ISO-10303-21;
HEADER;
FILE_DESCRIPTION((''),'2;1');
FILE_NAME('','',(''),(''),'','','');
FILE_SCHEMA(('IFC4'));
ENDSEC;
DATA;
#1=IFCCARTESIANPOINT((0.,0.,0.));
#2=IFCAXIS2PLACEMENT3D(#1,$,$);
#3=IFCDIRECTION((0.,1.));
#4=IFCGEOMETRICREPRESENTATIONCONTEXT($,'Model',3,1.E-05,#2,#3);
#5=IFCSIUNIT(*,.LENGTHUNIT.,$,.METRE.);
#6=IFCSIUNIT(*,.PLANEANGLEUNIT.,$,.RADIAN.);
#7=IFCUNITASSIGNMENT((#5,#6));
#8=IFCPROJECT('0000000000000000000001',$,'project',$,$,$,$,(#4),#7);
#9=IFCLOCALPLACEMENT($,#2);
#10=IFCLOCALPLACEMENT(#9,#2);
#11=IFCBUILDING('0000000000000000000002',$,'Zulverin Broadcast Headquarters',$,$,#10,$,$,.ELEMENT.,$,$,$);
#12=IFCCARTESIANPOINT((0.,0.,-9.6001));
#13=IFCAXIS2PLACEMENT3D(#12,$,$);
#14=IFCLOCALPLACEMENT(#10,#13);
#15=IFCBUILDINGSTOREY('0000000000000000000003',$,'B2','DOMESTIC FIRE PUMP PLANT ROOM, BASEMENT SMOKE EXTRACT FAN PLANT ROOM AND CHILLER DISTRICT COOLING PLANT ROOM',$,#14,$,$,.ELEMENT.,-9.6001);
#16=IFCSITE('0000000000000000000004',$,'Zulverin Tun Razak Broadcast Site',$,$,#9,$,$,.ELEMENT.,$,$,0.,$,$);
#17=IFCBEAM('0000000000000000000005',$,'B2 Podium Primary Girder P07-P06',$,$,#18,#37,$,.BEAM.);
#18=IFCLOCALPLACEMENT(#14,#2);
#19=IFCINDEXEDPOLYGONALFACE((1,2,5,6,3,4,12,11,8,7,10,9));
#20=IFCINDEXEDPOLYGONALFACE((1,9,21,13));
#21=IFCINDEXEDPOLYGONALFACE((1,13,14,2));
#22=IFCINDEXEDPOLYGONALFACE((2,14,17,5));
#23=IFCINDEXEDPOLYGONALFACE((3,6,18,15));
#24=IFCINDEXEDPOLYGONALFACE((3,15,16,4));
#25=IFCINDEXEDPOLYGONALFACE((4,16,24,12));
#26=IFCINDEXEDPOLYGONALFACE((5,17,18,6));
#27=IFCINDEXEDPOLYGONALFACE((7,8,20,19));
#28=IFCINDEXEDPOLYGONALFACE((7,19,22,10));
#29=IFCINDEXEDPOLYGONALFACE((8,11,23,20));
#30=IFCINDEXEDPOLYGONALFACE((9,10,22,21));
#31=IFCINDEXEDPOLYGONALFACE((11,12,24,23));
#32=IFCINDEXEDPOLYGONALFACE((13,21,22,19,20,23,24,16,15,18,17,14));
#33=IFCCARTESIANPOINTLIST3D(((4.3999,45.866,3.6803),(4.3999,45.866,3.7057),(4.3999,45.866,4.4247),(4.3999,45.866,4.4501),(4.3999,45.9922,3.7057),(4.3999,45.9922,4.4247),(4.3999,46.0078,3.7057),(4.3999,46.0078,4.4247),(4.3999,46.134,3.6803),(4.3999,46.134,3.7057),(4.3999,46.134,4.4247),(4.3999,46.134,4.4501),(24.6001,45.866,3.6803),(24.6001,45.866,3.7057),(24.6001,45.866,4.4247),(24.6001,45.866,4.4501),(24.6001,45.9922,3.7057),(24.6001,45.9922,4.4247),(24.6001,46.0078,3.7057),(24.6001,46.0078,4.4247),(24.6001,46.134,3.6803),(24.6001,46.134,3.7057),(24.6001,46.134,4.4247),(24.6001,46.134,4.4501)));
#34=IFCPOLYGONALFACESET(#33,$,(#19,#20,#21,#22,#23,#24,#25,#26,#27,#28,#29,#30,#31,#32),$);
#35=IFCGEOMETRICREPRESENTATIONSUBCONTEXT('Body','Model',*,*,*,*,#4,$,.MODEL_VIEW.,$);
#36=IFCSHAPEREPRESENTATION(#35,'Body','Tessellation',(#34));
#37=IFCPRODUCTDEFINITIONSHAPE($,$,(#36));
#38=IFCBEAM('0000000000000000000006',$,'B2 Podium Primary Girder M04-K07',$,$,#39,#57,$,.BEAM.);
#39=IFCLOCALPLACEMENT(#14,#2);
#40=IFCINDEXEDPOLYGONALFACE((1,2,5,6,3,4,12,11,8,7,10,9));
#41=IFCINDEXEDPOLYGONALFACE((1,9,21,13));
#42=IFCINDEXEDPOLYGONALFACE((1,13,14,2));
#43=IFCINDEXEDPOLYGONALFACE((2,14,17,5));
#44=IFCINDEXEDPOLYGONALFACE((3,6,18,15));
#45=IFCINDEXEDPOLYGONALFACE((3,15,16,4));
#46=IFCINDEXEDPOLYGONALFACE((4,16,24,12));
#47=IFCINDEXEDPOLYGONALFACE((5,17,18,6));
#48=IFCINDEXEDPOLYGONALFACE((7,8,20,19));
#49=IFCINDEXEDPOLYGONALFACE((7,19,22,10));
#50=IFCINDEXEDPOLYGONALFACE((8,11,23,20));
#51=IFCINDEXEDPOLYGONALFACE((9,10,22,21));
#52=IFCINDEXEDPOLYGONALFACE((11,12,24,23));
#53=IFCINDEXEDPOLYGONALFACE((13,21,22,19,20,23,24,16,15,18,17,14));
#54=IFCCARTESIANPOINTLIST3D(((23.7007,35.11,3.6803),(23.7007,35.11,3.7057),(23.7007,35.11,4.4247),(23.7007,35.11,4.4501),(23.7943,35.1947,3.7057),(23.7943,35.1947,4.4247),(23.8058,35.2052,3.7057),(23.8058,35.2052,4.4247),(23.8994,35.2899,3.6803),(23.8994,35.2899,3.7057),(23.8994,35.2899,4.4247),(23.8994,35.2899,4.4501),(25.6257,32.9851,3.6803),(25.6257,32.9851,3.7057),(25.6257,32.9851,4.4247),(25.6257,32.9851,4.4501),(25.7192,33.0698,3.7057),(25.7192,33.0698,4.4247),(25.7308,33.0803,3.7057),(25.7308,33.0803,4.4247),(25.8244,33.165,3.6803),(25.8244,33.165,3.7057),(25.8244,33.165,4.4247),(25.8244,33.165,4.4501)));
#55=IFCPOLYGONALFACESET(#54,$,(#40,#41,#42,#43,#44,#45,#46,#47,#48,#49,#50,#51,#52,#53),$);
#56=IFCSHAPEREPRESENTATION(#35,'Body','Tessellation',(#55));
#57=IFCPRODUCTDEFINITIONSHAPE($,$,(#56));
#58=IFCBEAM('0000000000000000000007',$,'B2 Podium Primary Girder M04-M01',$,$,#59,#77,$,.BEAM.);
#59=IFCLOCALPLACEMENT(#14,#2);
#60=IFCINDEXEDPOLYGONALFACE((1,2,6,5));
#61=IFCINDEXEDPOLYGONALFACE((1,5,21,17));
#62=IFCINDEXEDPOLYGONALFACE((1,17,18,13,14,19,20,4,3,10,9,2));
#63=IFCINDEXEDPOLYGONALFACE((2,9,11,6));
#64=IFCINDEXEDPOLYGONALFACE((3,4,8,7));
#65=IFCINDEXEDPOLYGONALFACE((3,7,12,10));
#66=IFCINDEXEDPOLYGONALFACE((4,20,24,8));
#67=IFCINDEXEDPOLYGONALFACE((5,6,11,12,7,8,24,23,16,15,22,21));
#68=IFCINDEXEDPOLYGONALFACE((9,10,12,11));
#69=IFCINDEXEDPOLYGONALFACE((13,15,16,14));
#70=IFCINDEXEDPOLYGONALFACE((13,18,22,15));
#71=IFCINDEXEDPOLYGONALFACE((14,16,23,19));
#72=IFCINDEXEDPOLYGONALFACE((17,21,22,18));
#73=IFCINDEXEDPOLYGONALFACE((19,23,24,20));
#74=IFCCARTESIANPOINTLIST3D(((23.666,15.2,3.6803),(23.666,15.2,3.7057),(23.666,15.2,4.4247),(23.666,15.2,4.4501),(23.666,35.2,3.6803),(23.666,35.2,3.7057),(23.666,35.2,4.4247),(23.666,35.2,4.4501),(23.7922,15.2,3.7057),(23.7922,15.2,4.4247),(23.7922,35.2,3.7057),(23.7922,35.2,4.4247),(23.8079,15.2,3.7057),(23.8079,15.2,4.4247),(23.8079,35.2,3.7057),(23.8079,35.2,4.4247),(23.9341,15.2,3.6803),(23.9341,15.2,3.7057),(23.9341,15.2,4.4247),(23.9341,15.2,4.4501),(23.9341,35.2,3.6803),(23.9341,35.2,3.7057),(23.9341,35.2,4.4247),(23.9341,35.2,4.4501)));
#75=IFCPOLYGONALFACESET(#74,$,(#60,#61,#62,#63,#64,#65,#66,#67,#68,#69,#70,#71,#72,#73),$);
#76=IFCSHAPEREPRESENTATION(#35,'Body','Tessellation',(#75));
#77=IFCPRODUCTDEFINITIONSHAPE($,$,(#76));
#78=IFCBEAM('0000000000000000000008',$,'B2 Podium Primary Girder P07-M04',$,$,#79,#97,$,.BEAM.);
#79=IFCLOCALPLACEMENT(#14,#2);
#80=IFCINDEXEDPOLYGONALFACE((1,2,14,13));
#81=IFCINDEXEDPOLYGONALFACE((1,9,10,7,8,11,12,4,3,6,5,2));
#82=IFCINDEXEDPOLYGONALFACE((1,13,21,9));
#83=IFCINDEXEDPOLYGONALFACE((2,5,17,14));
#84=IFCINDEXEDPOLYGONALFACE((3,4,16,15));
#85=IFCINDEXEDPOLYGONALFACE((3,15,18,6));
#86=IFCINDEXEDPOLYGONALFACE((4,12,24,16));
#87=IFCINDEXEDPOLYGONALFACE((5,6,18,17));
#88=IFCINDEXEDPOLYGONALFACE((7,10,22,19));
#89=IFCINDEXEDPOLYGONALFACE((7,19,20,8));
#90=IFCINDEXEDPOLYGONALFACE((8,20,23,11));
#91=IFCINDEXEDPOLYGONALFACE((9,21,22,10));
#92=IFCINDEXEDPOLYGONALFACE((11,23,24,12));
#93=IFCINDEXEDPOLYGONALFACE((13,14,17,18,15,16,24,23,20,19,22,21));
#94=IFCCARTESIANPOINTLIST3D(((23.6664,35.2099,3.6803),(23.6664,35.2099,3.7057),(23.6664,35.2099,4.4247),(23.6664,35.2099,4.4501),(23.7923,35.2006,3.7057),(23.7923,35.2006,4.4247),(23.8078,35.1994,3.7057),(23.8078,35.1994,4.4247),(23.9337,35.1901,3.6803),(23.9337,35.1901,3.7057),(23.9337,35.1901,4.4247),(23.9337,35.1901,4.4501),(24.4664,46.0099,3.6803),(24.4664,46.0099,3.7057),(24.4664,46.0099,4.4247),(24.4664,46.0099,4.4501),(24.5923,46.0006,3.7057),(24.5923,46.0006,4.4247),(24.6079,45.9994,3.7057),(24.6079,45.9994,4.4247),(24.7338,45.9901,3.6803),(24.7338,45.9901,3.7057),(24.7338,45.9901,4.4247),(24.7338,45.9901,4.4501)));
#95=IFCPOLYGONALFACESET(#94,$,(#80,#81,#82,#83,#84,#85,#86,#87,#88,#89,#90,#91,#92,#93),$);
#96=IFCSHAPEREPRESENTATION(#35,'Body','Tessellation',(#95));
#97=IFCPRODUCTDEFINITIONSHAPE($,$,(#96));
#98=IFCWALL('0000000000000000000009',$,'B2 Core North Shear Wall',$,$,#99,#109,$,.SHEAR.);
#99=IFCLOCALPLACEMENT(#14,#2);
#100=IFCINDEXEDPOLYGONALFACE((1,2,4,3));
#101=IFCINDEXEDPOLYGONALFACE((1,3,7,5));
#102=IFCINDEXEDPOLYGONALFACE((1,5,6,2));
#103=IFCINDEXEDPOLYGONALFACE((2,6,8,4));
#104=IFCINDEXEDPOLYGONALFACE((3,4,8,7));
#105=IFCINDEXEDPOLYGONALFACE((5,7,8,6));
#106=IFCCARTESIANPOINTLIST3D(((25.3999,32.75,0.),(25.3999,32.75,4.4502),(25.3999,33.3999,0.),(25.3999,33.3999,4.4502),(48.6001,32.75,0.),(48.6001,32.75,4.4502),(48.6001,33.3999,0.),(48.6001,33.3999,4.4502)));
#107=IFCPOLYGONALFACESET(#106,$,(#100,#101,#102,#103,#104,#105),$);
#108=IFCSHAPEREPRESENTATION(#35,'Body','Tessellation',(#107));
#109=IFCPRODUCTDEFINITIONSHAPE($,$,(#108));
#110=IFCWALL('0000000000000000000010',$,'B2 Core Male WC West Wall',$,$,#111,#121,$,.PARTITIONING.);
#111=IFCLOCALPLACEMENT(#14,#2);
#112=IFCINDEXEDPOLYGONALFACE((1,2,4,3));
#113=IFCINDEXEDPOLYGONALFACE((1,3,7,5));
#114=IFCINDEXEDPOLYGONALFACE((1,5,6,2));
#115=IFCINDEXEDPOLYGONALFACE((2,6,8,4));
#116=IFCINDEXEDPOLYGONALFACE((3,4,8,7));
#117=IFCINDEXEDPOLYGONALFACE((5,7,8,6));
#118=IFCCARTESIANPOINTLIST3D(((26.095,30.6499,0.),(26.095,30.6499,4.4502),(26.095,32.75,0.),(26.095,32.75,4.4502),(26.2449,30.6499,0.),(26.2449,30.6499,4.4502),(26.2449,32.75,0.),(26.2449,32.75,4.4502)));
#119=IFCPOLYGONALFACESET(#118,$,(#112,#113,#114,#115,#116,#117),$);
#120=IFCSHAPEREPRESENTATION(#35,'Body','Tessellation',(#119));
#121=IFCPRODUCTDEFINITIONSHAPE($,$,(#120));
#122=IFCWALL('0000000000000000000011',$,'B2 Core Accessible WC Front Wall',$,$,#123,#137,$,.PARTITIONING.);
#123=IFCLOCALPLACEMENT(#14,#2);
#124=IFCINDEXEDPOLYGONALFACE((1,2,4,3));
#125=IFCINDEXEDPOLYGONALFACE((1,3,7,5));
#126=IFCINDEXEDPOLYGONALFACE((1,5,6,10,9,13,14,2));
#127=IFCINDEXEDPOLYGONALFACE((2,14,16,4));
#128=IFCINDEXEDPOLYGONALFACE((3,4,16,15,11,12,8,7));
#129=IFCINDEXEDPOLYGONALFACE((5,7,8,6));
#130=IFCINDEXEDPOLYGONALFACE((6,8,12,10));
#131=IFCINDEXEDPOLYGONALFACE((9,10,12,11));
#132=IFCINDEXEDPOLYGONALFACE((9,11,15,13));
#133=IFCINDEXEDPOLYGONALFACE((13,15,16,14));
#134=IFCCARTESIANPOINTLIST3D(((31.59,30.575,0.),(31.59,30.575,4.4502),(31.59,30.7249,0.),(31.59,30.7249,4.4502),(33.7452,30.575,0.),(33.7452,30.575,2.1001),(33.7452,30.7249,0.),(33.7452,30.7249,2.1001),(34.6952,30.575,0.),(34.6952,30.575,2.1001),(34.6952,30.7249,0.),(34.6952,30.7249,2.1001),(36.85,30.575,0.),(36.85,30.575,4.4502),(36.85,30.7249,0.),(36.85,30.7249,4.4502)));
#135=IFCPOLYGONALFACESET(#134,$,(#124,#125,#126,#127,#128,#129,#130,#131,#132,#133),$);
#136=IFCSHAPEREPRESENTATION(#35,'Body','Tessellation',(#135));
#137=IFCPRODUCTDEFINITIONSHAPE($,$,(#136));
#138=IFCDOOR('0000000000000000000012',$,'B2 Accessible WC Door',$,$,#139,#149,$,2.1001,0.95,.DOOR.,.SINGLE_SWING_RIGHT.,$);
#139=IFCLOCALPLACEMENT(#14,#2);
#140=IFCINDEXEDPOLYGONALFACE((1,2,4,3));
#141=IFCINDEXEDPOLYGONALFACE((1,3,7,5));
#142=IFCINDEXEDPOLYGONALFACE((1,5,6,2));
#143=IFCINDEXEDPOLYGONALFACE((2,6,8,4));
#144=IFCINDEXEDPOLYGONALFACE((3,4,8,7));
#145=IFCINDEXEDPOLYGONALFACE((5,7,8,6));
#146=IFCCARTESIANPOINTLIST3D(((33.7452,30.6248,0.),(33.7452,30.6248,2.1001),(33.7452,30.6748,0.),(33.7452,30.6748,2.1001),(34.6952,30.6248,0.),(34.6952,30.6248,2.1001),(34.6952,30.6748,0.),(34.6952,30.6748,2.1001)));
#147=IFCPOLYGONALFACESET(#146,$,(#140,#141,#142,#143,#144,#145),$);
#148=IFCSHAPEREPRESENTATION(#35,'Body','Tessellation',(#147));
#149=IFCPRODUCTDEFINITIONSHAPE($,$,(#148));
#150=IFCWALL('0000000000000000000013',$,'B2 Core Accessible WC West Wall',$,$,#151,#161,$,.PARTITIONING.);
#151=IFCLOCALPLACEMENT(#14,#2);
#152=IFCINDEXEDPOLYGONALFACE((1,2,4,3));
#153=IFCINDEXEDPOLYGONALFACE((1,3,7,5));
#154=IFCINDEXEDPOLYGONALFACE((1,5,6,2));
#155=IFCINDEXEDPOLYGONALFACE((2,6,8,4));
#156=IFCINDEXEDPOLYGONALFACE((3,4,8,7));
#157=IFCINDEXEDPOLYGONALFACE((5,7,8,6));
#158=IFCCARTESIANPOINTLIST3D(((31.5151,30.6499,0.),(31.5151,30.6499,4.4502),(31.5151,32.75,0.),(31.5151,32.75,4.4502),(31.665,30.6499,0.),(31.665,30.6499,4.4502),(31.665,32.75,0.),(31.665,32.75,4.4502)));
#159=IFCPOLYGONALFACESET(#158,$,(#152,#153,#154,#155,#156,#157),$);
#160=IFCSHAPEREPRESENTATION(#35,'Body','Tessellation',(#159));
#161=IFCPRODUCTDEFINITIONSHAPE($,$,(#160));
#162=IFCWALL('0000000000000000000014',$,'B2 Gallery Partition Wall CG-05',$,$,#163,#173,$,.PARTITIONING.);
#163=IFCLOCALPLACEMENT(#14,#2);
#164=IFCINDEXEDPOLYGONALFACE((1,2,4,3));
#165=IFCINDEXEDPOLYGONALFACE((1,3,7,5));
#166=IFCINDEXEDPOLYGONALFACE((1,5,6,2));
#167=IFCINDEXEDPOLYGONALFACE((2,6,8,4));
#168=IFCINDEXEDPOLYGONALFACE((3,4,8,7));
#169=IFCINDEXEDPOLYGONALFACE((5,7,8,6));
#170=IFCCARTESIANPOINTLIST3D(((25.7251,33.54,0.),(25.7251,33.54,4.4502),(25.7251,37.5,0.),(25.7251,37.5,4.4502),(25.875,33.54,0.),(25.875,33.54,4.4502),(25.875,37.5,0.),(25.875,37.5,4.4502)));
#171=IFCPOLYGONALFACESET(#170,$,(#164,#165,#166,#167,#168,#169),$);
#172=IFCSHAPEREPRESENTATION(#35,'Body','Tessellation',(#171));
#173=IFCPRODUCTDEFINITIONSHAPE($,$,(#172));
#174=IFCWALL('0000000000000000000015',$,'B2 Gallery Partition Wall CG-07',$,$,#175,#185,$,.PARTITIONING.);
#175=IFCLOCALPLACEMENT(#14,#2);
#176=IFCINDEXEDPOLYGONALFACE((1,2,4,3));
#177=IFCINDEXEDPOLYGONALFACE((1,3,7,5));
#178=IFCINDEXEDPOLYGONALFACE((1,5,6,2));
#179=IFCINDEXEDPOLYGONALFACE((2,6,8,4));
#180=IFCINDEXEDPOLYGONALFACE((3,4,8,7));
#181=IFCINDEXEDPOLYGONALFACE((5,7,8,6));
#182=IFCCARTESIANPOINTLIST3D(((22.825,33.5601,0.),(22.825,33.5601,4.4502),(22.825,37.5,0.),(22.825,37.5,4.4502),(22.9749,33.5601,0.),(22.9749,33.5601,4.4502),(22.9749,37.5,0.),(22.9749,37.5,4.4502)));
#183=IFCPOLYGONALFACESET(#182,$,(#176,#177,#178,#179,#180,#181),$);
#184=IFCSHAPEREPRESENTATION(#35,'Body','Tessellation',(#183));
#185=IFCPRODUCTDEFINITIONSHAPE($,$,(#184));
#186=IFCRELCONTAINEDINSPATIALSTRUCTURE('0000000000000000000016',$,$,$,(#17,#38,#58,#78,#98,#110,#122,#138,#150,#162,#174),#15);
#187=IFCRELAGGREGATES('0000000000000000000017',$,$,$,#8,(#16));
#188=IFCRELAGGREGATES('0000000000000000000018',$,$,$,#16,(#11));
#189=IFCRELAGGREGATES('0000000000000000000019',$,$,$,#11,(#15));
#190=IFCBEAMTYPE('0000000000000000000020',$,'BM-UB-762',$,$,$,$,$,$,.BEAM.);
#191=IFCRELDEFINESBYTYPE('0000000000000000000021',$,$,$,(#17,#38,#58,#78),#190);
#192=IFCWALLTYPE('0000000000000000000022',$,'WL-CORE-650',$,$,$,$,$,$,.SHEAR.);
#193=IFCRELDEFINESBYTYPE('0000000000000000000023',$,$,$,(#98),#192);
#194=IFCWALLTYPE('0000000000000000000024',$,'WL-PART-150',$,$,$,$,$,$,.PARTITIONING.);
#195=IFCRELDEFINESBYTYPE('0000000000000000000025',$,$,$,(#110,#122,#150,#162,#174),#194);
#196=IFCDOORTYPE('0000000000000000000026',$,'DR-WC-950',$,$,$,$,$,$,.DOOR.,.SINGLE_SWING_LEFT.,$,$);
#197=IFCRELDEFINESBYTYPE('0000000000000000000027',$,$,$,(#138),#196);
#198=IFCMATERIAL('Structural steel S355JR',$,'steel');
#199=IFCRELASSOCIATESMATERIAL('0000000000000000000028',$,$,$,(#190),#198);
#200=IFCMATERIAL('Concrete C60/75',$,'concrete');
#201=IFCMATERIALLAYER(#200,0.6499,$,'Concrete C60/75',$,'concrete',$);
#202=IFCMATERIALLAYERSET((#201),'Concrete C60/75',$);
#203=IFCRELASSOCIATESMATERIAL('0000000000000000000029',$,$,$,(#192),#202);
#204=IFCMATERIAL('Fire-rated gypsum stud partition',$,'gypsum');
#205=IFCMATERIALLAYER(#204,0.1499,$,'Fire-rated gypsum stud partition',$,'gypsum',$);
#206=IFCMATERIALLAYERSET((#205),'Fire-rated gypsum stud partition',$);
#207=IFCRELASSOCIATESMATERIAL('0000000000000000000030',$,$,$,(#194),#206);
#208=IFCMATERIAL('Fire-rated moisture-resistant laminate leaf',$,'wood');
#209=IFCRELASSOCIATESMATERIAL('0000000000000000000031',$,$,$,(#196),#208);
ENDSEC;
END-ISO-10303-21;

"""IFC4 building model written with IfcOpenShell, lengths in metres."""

from ifc_helpers import new_model, si_unit, direction, frame, frame_2d, origin, origin_2d, place, context, subcontext, project, spatial, rectangle, i_section, extrude, material, layer, layer_set, material_profile, profile_set, type_object, element, fill, save


model = new_model("IFC4")

# Units and contexts
model_context = context("Model", 3, precision=1e-05, world=origin(), true_north=direction((0.0, 1.0)))
body_context = subcontext(model_context, "Body", "Model", "MODEL_VIEW")
ifc_project = project(units=[si_unit("LENGTHUNIT", "METRE"), si_unit("PLANEANGLEUNIT", "RADIAN")], contexts=[model_context])

# Site, building, storey
site_placement = place(None, origin())
site = spatial("IfcSite", under=ifc_project, at=site_placement, Name="Zulverin Tun Razak Broadcast Site", CompositionType="ELEMENT", RefElevation=0.0)
building_placement = place(site_placement, origin())
building = spatial("IfcBuilding", under=site, at=building_placement, Name="Zulverin Broadcast Headquarters", CompositionType="ELEMENT")
storey_placement = place(building_placement, frame((0.0, 0.0, -9.6001)))
storey = spatial("IfcBuildingStorey", under=building, at=storey_placement, Name="B2", Description="DOMESTIC FIRE PUMP PLANT ROOM, BASEMENT SMOKE EXTRACT FAN PLANT ROOM AND CHILLER DISTRICT COOLING PLANT ROOM", CompositionType="ELEMENT", Elevation=-9.6001)

# Shared definitions
ifc_material_1 = material(Name="Concrete C60/75", Category="concrete")

# Beams
ifc_material_2 = material(Name="Structural steel S355JR", Category="steel")
ifc_material_profile_1 = material_profile(ifc_material_2, i_section(OverallWidth=0.2681, OverallDepth=0.7698, WebThickness=0.0156, FlangeThickness=0.0254, at=origin_2d()), Name="Structural steel S355JR", Category="steel")
ifc_profile_set_1 = profile_set([ifc_material_profile_1], Name="Structural steel S355JR")
beam_type_1 = type_object("IfcBeamType", Name="BM-UB-762", PredefinedType="BEAM", material=ifc_profile_set_1)
beam_1_placement = place(storey_placement, frame((24.6001, 46.0, 4.0652), z_axis=(-1.0, 0.0, 0.0), x_axis=(0.0, -1.0, 0.0)))
element("IfcBeam", 1, at=beam_1_placement, inside=storey, type_object=beam_type_1, Name="B2 Podium Primary Girder P07-P06", PredefinedType="BEAM", context=body_context, shape_type="SweptSolid", body=[
    extrude(i_section(OverallWidth=0.2681, OverallDepth=0.7698, WebThickness=0.0156, FlangeThickness=0.0254, at=origin_2d()), origin(), (0.0, 0.0, 1.0), 20.2002),
])
beam_2_placement = place(storey_placement, frame((23.8, 35.2, 4.0652), z_axis=(0.671379, -0.741114, 0.0), x_axis=(0.741114, 0.671379, 0.0)))
element("IfcBeam", 2, at=beam_2_placement, inside=storey, type_object=beam_type_1, Name="B2 Podium Primary Girder M04-K07", PredefinedType="BEAM", context=body_context, shape_type="SweptSolid", body=[
    extrude(i_section(OverallWidth=0.2681, OverallDepth=0.7698, WebThickness=0.0156, FlangeThickness=0.0254, at=origin_2d()), origin(), (0.0, 0.0, 1.0), 2.8672),
])
beam_3_placement = place(storey_placement, frame((23.8, 35.2, 4.0652), z_axis=(0.0, -1.0, 0.0), x_axis=(1.0, 0.0, 0.0)))
element("IfcBeam", 3, at=beam_3_placement, inside=storey, type_object=beam_type_1, Name="B2 Podium Primary Girder M04-M01", PredefinedType="BEAM", context=body_context, shape_type="SweptSolid", body=[
    extrude(i_section(OverallWidth=0.2681, OverallDepth=0.7698, WebThickness=0.0156, FlangeThickness=0.0254, at=origin_2d()), origin(), (0.0, 0.0, 1.0), 20.0),
])
beam_4_placement = place(storey_placement, frame((24.6001, 46.0, 4.0652), z_axis=(-0.073876, -0.997267, 0.0), x_axis=(0.997267, -0.073876, 0.0)))
element("IfcBeam", 4, at=beam_4_placement, inside=storey, type_object=beam_type_1, Name="B2 Podium Primary Girder P07-M04", PredefinedType="BEAM", context=body_context, shape_type="SweptSolid", body=[
    extrude(i_section(OverallWidth=0.2681, OverallDepth=0.7698, WebThickness=0.0156, FlangeThickness=0.0254, at=origin_2d()), origin(), (0.0, 0.0, 1.0), 10.8296),
])

# Walls
ifc_layer_1 = layer(ifc_material_1, 0.6499, Name="Concrete C60/75", Category="concrete")
ifc_layer_set_1 = layer_set([ifc_layer_1], Name="Concrete C60/75")
wall_type_1 = type_object("IfcWallType", Name="WL-CORE-650", PredefinedType="SHEAR", material=ifc_layer_set_1)
wall_1_placement = place(storey_placement, frame((25.3999, 33.075, 0.0), z_axis=(0.0, 0.0, 1.0), x_axis=(1.0, 0.0, 0.0)))
element("IfcWall", 5, at=wall_1_placement, inside=storey, type_object=wall_type_1, Name="B2 Core North Shear Wall", PredefinedType="SHEAR", context=body_context, shape_type="SweptSolid", body=[
    extrude(rectangle(XDim=23.2002, YDim=0.6499, at=frame_2d((11.6001, 0.0))), origin(), (0.0, 0.0, 1.0), 4.4502),
])
ifc_material_3 = material(Name="Fire-rated gypsum stud partition", Category="gypsum")
ifc_layer_2 = layer(ifc_material_3, 0.1499, Name="Fire-rated gypsum stud partition", Category="gypsum")
ifc_layer_set_2 = layer_set([ifc_layer_2], Name="Fire-rated gypsum stud partition")
wall_type_2 = type_object("IfcWallType", Name="WL-PART-150", PredefinedType="PARTITIONING", material=ifc_layer_set_2)
wall_2_placement = place(storey_placement, frame((26.1699, 30.6499, 0.0), z_axis=(0.0, 0.0, 1.0), x_axis=(0.0, 1.0, 0.0)))
element("IfcWall", 6, at=wall_2_placement, inside=storey, type_object=wall_type_2, Name="B2 Core Male WC West Wall", PredefinedType="PARTITIONING", context=body_context, shape_type="SweptSolid", body=[
    extrude(rectangle(XDim=2.1001, YDim=0.1499, at=frame_2d((1.05, 0.0))), origin(), (0.0, 0.0, 1.0), 4.4502),
])

# Wall, opening, door
wall_3_placement = place(storey_placement, frame((31.5901, 30.6499, 0.0), z_axis=(0.0, 0.0, 1.0), x_axis=(1.0, 0.0, 0.0)))
wall_3 = element("IfcWall", 7, at=wall_3_placement, inside=storey, type_object=wall_type_2, Name="B2 Core Accessible WC Front Wall", PredefinedType="PARTITIONING", context=body_context, shape_type="SweptSolid", body=[
    extrude(rectangle(XDim=5.26, YDim=0.1499, at=frame_2d((2.6299, 0.0))), origin(), (0.0, 0.0, 1.0), 4.4502),
])
opening_placement = place(wall_3_placement, frame((2.155, 0.0, 0.0)))
opening = element("IfcOpeningElement", 8, at=opening_placement, cuts=wall_3, PredefinedType="OPENING", context=body_context, shape_type="SweptSolid", body=[
    extrude(rectangle(XDim=0.95, YDim=2.1001, at=frame_2d((0.4751, 1.05))), frame((0.0, 0.085, 0.0), z_axis=(0.0, -1.0, 0.0), x_axis=(1.0, 0.0, 0.0)), (0.0, 0.0, 1.0), 0.1699),
])
ifc_material_4 = material(Name="Fire-rated moisture-resistant laminate leaf", Category="wood")
door_type = type_object("IfcDoorType", Name="DR-WC-950", OperationType="SINGLE_SWING_LEFT", PredefinedType="DOOR", material=ifc_material_4)
door_placement = place(opening_placement, origin())
door = element("IfcDoor", 9, at=door_placement, inside=storey, type_object=door_type, Name="B2 Accessible WC Door", OperationType="SINGLE_SWING_RIGHT", OverallHeight=2.1001, OverallWidth=0.95, PredefinedType="DOOR", context=body_context, shape_type="SweptSolid", body=[
    extrude(rectangle(XDim=0.95, YDim=2.1001, at=frame_2d((0.4751, 1.05))), frame((0.0, 0.0249, 0.0), z_axis=(0.0, -1.0, 0.0), x_axis=(1.0, 0.0, 0.0)), (0.0, 0.0, 1.0), 0.05),
])
fill(opening, door)

# Walls
wall_4_placement = place(storey_placement, frame((31.5901, 30.6499, 0.0), z_axis=(0.0, 0.0, 1.0), x_axis=(0.0, 1.0, 0.0)))
element("IfcWall", 10, at=wall_4_placement, inside=storey, type_object=wall_type_2, Name="B2 Core Accessible WC West Wall", PredefinedType="PARTITIONING", context=body_context, shape_type="SweptSolid", body=[
    extrude(rectangle(XDim=2.1001, YDim=0.1499, at=frame_2d((1.05, 0.0))), origin(), (0.0, 0.0, 1.0), 4.4502),
])
wall_5_placement = place(storey_placement, frame((25.8, 33.54, 0.0), z_axis=(0.0, 0.0, 1.0), x_axis=(0.0, 1.0, 0.0)))
element("IfcWall", 11, at=wall_5_placement, inside=storey, type_object=wall_type_2, Name="B2 Gallery Partition Wall CG-05", PredefinedType="PARTITIONING", context=body_context, shape_type="SweptSolid", body=[
    extrude(rectangle(XDim=3.96, YDim=0.1499, at=frame_2d((1.98, 0.0))), origin(), (0.0, 0.0, 1.0), 4.4502),
])
wall_6_placement = place(storey_placement, frame((22.8999, 33.5601, 0.0), z_axis=(0.0, 0.0, 1.0), x_axis=(0.0, 1.0, 0.0)))
element("IfcWall", 12, at=wall_6_placement, inside=storey, type_object=wall_type_2, Name="B2 Gallery Partition Wall CG-07", PredefinedType="PARTITIONING", context=body_context, shape_type="SweptSolid", body=[
    extrude(rectangle(XDim=3.9399, YDim=0.1499, at=frame_2d((1.97, 0.0))), origin(), (0.0, 0.0, 1.0), 4.4502),
])

save(model, "model.ifc")
